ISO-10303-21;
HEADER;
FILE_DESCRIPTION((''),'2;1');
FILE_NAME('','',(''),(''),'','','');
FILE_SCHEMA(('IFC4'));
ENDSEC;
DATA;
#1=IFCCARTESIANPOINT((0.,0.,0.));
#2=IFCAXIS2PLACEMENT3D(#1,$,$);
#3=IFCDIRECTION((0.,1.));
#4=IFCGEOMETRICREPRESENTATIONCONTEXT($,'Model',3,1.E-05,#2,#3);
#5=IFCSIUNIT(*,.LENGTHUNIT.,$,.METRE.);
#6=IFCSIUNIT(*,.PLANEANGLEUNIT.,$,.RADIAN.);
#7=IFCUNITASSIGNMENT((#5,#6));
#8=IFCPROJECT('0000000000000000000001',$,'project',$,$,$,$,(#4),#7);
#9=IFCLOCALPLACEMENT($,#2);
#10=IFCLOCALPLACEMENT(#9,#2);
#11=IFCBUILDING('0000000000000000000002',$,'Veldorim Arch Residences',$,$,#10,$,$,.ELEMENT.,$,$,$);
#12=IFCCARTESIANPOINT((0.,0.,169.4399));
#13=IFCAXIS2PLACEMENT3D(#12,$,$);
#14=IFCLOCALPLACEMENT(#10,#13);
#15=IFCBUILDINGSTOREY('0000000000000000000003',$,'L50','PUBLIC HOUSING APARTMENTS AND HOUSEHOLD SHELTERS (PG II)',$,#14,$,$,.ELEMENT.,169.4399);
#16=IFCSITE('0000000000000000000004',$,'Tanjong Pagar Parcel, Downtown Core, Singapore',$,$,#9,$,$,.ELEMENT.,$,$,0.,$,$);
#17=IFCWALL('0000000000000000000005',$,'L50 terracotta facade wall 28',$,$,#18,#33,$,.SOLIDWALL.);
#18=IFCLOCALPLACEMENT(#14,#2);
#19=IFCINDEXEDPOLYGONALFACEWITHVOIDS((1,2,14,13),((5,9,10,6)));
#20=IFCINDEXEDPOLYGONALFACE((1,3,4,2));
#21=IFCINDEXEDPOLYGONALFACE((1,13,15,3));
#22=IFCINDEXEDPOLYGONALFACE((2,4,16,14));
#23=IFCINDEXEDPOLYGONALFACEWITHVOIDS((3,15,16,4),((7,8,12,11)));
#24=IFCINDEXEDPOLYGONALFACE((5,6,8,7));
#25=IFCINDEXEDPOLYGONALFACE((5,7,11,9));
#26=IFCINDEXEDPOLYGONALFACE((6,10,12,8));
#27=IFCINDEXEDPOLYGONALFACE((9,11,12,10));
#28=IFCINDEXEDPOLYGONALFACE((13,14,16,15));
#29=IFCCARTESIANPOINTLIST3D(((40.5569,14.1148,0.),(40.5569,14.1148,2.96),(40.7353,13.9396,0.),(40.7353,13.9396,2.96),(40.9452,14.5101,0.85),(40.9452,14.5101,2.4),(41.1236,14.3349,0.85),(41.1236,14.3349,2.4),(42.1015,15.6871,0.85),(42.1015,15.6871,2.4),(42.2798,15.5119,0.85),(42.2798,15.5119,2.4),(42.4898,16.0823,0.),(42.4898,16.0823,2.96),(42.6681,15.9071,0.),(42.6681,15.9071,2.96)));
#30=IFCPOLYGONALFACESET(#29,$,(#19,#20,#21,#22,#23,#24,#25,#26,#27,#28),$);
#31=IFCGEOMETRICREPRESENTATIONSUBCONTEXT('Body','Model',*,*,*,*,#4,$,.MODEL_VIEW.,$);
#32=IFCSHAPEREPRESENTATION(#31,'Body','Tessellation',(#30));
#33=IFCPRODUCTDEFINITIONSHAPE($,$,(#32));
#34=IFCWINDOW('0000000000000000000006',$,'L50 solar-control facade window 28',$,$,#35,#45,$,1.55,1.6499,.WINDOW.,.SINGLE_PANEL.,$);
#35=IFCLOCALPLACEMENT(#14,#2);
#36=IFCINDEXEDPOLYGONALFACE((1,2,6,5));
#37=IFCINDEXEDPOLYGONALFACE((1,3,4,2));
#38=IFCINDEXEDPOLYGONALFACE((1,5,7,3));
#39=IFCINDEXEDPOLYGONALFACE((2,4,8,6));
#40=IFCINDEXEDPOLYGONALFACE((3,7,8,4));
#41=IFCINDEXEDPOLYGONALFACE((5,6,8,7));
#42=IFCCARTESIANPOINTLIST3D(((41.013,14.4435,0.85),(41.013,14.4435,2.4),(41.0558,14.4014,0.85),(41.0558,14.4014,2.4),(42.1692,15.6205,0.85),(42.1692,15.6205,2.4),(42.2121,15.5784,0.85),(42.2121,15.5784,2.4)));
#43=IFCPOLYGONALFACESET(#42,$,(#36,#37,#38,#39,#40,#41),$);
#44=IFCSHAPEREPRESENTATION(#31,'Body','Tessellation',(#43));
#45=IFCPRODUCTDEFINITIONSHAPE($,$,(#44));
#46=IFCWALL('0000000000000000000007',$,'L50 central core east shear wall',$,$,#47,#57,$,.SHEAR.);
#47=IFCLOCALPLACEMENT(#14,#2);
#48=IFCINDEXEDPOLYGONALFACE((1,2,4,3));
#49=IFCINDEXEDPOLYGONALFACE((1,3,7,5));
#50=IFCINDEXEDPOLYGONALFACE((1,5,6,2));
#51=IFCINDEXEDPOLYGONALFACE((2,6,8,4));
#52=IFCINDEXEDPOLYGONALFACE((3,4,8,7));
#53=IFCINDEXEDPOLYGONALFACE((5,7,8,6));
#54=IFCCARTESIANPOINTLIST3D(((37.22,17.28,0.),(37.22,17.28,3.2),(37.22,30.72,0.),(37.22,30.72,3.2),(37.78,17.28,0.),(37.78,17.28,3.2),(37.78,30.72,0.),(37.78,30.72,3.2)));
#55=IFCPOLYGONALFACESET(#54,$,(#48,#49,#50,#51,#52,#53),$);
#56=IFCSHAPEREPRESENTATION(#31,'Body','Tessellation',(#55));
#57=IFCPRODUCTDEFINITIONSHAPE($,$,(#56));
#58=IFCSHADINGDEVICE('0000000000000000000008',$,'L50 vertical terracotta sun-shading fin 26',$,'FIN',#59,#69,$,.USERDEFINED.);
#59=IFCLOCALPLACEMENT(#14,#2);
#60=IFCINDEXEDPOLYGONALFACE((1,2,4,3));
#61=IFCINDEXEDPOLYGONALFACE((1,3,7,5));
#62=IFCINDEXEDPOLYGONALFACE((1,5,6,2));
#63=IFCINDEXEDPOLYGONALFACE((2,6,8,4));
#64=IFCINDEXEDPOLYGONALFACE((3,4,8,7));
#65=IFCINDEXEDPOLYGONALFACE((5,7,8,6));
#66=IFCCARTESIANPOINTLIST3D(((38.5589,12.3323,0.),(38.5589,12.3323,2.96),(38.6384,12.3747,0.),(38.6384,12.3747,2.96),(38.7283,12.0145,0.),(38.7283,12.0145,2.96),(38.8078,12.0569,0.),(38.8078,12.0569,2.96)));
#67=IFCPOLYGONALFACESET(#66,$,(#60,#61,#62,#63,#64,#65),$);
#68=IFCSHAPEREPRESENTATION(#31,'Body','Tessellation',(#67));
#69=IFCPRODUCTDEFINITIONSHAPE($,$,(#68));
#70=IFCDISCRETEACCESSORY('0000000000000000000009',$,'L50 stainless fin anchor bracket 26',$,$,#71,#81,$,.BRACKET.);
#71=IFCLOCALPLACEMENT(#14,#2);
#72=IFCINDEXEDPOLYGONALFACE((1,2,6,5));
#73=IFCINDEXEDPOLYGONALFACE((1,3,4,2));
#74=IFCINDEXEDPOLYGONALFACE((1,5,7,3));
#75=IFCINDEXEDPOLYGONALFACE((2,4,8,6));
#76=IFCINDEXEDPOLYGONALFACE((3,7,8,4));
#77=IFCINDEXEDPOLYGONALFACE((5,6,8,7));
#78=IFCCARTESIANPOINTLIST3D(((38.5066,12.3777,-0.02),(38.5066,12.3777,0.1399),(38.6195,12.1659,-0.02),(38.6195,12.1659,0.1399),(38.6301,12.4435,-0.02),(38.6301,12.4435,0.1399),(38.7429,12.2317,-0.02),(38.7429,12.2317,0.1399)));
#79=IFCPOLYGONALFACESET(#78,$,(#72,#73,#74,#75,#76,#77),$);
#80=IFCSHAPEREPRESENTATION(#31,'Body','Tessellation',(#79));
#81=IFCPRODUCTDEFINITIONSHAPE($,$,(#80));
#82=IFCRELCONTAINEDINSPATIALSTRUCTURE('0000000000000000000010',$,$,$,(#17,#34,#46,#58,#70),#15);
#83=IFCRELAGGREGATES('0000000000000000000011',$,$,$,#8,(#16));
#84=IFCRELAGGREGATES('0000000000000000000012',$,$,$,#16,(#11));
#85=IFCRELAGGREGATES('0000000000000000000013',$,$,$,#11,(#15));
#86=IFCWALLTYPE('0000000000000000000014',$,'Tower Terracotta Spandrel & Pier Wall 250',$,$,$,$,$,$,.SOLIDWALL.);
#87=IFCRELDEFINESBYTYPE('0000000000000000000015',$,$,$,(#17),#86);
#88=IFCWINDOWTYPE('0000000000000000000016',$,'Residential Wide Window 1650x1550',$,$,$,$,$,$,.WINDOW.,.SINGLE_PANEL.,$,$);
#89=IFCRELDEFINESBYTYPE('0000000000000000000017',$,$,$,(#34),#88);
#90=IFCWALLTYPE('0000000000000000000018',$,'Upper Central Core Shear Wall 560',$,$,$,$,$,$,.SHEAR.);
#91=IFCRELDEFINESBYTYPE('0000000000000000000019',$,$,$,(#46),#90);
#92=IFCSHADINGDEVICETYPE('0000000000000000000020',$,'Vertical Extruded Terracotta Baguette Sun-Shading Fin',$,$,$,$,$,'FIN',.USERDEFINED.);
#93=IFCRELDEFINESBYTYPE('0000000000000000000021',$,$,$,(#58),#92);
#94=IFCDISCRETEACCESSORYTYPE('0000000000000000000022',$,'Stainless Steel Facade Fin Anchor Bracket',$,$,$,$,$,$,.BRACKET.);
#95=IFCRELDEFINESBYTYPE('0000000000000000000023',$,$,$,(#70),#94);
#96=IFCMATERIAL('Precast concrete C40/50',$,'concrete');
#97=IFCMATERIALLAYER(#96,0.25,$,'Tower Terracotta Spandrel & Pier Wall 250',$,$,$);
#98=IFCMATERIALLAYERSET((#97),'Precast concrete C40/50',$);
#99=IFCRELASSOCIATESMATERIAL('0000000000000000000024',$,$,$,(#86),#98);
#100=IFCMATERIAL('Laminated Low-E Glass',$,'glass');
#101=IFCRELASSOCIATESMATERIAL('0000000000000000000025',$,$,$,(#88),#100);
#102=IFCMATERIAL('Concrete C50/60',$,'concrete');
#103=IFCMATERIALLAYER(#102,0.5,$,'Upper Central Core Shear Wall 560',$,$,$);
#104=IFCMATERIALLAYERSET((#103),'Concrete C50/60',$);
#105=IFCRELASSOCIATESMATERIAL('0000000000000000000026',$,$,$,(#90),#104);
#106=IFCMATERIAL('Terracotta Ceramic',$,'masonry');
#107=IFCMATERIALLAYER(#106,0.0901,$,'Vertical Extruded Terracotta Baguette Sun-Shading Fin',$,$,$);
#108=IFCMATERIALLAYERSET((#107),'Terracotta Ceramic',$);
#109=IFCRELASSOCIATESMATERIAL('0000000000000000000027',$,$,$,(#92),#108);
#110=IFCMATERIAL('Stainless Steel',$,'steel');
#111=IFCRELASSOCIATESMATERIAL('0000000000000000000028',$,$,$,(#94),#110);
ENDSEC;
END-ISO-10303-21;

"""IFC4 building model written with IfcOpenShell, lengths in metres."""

from ifc_helpers import new_model, si_unit, direction, frame, frame_2d, origin, origin_2d, place, context, subcontext, project, spatial, rectangle, extrude, material, layer, layer_set, type_object, element, fill, save


model = new_model("IFC4")

# Units and contexts
model_context = context("Model", 3, precision=1e-05, world=origin(), true_north=direction((0.0, 1.0)))
body_context = subcontext(model_context, "Body", "Model", "MODEL_VIEW")
ifc_project = project(units=[si_unit("LENGTHUNIT", "METRE"), si_unit("PLANEANGLEUNIT", "RADIAN")], contexts=[model_context])

# Site, building, storey
site_placement = place(None, origin())
site = spatial("IfcSite", under=ifc_project, at=site_placement, Name="Tanjong Pagar Parcel, Downtown Core, Singapore", CompositionType="ELEMENT", RefElevation=0.0)
building_placement = place(site_placement, origin())
building = spatial("IfcBuilding", under=site, at=building_placement, Name="Veldorim Arch Residences", CompositionType="ELEMENT")
storey_placement = place(building_placement, frame((0.0, 0.0, 169.4399)))
storey = spatial("IfcBuildingStorey", under=building, at=storey_placement, Name="L50", Description="PUBLIC HOUSING APARTMENTS AND HOUSEHOLD SHELTERS (PG II)", CompositionType="ELEMENT", Elevation=169.4399)

# Shared definitions
ifc_material_1 = material(Name="Precast concrete C40/50", Category="concrete")
ifc_layer_1 = layer(ifc_material_1, 0.25, Name="Tower Terracotta Spandrel & Pier Wall 250")
ifc_layer_set_1 = layer_set([ifc_layer_1], Name="Precast concrete C40/50")
wall_type_1 = type_object("IfcWallType", Name="Tower Terracotta Spandrel & Pier Wall 250", PredefinedType="SOLIDWALL", material=ifc_layer_set_1)

# Wall, opening, window
wall_1_placement = place(storey_placement, frame((42.5789, 15.9946, 0.0), z_axis=(0.0, 0.0, 1.0), x_axis=(-0.700794, -0.713364, 0.0)))
wall_1 = element("IfcWall", 1, at=wall_1_placement, inside=storey, type_object=wall_type_1, Name="L50 terracotta facade wall 28", PredefinedType="SOLIDWALL", context=body_context, shape_type="SweptSolid", body=[
    extrude(rectangle(XDim=2.7581, YDim=0.25, at=frame_2d((1.3789, 0.0))), origin(), (0.0, 0.0, 1.0), 2.96),
])
opening_1_placement = place(wall_1_placement, frame((0.554, 0.0, 0.8501)))
opening_1 = element("IfcOpeningElement", 2, at=opening_1_placement, cuts=wall_1, PredefinedType="OPENING", context=body_context, shape_type="SweptSolid", body=[
    extrude(rectangle(XDim=1.6499, YDim=1.55, at=frame_2d((0.825, 0.7749))), frame((0.0, 0.135, 0.0), z_axis=(0.0, -1.0, 0.0), x_axis=(1.0, 0.0, 0.0)), (0.0, 0.0, 1.0), 0.27),
])
ifc_material_2 = material(Name="Laminated Low-E Glass", Category="glass")
window_type = type_object("IfcWindowType", Name="Residential Wide Window 1650x1550", PartitioningType="SINGLE_PANEL", PredefinedType="WINDOW", material=ifc_material_2)
window_placement = place(opening_1_placement, origin())
window = element("IfcWindow", 3, at=window_placement, inside=storey, type_object=window_type, Name="L50 solar-control facade window 28", OverallHeight=1.55, OverallWidth=1.6499, PartitioningType="SINGLE_PANEL", PredefinedType="WINDOW", context=body_context, shape_type="SweptSolid", body=[
    extrude(rectangle(XDim=1.6499, YDim=1.55, at=frame_2d((0.825, 0.7749))), frame((0.0, 0.03, 0.0), z_axis=(0.0, -1.0, 0.0), x_axis=(1.0, 0.0, 0.0)), (0.0, 0.0, 1.0), 0.0601),
])
fill(opening_1, window)

# Wall
ifc_material_3 = material(Name="Concrete C50/60", Category="concrete")
ifc_layer_2 = layer(ifc_material_3, 0.5, Name="Upper Central Core Shear Wall 560")
ifc_layer_set_2 = layer_set([ifc_layer_2], Name="Concrete C50/60")
wall_type_2 = type_object("IfcWallType", Name="Upper Central Core Shear Wall 560", PredefinedType="SHEAR", material=ifc_layer_set_2)
wall_2_placement = place(storey_placement, frame((37.5, 17.28, 0.0), z_axis=(0.0, 0.0, 1.0), x_axis=(0.0, 1.0, 0.0)))
element("IfcWall", 4, at=wall_2_placement, inside=storey, type_object=wall_type_2, Name="L50 central core east shear wall", PredefinedType="SHEAR", context=body_context, shape_type="SweptSolid", body=[
    extrude(rectangle(XDim=13.4399, YDim=0.5601, at=frame_2d((6.72, 0.0))), origin(), (0.0, 0.0, 1.0), 3.2),
])

# Shading device
ifc_material_4 = material(Name="Terracotta Ceramic", Category="masonry")
ifc_layer_3 = layer(ifc_material_4, 0.0901, Name="Vertical Extruded Terracotta Baguette Sun-Shading Fin")
ifc_layer_set_3 = layer_set([ifc_layer_3], Name="Terracotta Ceramic")
shading_device_type = type_object("IfcShadingDeviceType", Name="Vertical Extruded Terracotta Baguette Sun-Shading Fin", ElementType="FIN", PredefinedType="USERDEFINED", material=ifc_layer_set_3)
shading_device_placement = place(storey_placement, frame((38.6833, 12.1946, 0.0), z_axis=(0.0, 0.0, 1.0), x_axis=(-0.882538, -0.470242, 0.0)))
element("IfcShadingDevice", 5, at=shading_device_placement, inside=storey, type_object=shading_device_type, Name="L50 vertical terracotta sun-shading fin 26", ObjectType="FIN", PredefinedType="USERDEFINED", context=body_context, shape_type="SweptSolid", body=[
    extrude(rectangle(XDim=0.0901, YDim=0.3601, at=origin_2d()), origin(), (0.0, 0.0, 1.0), 2.96),
])

# Discrete accessory
ifc_material_5 = material(Name="Stainless Steel", Category="steel")
discrete_accessory_type = type_object("IfcDiscreteAccessoryType", Name="Stainless Steel Facade Fin Anchor Bracket", PredefinedType="BRACKET", material=ifc_material_5)
discrete_accessory_placement = place(storey_placement, frame((38.6248, 12.3047, -0.02), z_axis=(0.0, 0.0, 1.0), x_axis=(-0.882538, -0.470242, 0.0)))
element("IfcDiscreteAccessory", 6, at=discrete_accessory_placement, inside=storey, type_object=discrete_accessory_type, Name="L50 stainless fin anchor bracket 26", PredefinedType="BRACKET", context=body_context, shape_type="SweptSolid", body=[
    extrude(rectangle(XDim=0.1399, YDim=0.24, at=origin_2d()), origin(), (0.0, 0.0, 1.0), 0.1599),
])

save(model, "model.ifc")
